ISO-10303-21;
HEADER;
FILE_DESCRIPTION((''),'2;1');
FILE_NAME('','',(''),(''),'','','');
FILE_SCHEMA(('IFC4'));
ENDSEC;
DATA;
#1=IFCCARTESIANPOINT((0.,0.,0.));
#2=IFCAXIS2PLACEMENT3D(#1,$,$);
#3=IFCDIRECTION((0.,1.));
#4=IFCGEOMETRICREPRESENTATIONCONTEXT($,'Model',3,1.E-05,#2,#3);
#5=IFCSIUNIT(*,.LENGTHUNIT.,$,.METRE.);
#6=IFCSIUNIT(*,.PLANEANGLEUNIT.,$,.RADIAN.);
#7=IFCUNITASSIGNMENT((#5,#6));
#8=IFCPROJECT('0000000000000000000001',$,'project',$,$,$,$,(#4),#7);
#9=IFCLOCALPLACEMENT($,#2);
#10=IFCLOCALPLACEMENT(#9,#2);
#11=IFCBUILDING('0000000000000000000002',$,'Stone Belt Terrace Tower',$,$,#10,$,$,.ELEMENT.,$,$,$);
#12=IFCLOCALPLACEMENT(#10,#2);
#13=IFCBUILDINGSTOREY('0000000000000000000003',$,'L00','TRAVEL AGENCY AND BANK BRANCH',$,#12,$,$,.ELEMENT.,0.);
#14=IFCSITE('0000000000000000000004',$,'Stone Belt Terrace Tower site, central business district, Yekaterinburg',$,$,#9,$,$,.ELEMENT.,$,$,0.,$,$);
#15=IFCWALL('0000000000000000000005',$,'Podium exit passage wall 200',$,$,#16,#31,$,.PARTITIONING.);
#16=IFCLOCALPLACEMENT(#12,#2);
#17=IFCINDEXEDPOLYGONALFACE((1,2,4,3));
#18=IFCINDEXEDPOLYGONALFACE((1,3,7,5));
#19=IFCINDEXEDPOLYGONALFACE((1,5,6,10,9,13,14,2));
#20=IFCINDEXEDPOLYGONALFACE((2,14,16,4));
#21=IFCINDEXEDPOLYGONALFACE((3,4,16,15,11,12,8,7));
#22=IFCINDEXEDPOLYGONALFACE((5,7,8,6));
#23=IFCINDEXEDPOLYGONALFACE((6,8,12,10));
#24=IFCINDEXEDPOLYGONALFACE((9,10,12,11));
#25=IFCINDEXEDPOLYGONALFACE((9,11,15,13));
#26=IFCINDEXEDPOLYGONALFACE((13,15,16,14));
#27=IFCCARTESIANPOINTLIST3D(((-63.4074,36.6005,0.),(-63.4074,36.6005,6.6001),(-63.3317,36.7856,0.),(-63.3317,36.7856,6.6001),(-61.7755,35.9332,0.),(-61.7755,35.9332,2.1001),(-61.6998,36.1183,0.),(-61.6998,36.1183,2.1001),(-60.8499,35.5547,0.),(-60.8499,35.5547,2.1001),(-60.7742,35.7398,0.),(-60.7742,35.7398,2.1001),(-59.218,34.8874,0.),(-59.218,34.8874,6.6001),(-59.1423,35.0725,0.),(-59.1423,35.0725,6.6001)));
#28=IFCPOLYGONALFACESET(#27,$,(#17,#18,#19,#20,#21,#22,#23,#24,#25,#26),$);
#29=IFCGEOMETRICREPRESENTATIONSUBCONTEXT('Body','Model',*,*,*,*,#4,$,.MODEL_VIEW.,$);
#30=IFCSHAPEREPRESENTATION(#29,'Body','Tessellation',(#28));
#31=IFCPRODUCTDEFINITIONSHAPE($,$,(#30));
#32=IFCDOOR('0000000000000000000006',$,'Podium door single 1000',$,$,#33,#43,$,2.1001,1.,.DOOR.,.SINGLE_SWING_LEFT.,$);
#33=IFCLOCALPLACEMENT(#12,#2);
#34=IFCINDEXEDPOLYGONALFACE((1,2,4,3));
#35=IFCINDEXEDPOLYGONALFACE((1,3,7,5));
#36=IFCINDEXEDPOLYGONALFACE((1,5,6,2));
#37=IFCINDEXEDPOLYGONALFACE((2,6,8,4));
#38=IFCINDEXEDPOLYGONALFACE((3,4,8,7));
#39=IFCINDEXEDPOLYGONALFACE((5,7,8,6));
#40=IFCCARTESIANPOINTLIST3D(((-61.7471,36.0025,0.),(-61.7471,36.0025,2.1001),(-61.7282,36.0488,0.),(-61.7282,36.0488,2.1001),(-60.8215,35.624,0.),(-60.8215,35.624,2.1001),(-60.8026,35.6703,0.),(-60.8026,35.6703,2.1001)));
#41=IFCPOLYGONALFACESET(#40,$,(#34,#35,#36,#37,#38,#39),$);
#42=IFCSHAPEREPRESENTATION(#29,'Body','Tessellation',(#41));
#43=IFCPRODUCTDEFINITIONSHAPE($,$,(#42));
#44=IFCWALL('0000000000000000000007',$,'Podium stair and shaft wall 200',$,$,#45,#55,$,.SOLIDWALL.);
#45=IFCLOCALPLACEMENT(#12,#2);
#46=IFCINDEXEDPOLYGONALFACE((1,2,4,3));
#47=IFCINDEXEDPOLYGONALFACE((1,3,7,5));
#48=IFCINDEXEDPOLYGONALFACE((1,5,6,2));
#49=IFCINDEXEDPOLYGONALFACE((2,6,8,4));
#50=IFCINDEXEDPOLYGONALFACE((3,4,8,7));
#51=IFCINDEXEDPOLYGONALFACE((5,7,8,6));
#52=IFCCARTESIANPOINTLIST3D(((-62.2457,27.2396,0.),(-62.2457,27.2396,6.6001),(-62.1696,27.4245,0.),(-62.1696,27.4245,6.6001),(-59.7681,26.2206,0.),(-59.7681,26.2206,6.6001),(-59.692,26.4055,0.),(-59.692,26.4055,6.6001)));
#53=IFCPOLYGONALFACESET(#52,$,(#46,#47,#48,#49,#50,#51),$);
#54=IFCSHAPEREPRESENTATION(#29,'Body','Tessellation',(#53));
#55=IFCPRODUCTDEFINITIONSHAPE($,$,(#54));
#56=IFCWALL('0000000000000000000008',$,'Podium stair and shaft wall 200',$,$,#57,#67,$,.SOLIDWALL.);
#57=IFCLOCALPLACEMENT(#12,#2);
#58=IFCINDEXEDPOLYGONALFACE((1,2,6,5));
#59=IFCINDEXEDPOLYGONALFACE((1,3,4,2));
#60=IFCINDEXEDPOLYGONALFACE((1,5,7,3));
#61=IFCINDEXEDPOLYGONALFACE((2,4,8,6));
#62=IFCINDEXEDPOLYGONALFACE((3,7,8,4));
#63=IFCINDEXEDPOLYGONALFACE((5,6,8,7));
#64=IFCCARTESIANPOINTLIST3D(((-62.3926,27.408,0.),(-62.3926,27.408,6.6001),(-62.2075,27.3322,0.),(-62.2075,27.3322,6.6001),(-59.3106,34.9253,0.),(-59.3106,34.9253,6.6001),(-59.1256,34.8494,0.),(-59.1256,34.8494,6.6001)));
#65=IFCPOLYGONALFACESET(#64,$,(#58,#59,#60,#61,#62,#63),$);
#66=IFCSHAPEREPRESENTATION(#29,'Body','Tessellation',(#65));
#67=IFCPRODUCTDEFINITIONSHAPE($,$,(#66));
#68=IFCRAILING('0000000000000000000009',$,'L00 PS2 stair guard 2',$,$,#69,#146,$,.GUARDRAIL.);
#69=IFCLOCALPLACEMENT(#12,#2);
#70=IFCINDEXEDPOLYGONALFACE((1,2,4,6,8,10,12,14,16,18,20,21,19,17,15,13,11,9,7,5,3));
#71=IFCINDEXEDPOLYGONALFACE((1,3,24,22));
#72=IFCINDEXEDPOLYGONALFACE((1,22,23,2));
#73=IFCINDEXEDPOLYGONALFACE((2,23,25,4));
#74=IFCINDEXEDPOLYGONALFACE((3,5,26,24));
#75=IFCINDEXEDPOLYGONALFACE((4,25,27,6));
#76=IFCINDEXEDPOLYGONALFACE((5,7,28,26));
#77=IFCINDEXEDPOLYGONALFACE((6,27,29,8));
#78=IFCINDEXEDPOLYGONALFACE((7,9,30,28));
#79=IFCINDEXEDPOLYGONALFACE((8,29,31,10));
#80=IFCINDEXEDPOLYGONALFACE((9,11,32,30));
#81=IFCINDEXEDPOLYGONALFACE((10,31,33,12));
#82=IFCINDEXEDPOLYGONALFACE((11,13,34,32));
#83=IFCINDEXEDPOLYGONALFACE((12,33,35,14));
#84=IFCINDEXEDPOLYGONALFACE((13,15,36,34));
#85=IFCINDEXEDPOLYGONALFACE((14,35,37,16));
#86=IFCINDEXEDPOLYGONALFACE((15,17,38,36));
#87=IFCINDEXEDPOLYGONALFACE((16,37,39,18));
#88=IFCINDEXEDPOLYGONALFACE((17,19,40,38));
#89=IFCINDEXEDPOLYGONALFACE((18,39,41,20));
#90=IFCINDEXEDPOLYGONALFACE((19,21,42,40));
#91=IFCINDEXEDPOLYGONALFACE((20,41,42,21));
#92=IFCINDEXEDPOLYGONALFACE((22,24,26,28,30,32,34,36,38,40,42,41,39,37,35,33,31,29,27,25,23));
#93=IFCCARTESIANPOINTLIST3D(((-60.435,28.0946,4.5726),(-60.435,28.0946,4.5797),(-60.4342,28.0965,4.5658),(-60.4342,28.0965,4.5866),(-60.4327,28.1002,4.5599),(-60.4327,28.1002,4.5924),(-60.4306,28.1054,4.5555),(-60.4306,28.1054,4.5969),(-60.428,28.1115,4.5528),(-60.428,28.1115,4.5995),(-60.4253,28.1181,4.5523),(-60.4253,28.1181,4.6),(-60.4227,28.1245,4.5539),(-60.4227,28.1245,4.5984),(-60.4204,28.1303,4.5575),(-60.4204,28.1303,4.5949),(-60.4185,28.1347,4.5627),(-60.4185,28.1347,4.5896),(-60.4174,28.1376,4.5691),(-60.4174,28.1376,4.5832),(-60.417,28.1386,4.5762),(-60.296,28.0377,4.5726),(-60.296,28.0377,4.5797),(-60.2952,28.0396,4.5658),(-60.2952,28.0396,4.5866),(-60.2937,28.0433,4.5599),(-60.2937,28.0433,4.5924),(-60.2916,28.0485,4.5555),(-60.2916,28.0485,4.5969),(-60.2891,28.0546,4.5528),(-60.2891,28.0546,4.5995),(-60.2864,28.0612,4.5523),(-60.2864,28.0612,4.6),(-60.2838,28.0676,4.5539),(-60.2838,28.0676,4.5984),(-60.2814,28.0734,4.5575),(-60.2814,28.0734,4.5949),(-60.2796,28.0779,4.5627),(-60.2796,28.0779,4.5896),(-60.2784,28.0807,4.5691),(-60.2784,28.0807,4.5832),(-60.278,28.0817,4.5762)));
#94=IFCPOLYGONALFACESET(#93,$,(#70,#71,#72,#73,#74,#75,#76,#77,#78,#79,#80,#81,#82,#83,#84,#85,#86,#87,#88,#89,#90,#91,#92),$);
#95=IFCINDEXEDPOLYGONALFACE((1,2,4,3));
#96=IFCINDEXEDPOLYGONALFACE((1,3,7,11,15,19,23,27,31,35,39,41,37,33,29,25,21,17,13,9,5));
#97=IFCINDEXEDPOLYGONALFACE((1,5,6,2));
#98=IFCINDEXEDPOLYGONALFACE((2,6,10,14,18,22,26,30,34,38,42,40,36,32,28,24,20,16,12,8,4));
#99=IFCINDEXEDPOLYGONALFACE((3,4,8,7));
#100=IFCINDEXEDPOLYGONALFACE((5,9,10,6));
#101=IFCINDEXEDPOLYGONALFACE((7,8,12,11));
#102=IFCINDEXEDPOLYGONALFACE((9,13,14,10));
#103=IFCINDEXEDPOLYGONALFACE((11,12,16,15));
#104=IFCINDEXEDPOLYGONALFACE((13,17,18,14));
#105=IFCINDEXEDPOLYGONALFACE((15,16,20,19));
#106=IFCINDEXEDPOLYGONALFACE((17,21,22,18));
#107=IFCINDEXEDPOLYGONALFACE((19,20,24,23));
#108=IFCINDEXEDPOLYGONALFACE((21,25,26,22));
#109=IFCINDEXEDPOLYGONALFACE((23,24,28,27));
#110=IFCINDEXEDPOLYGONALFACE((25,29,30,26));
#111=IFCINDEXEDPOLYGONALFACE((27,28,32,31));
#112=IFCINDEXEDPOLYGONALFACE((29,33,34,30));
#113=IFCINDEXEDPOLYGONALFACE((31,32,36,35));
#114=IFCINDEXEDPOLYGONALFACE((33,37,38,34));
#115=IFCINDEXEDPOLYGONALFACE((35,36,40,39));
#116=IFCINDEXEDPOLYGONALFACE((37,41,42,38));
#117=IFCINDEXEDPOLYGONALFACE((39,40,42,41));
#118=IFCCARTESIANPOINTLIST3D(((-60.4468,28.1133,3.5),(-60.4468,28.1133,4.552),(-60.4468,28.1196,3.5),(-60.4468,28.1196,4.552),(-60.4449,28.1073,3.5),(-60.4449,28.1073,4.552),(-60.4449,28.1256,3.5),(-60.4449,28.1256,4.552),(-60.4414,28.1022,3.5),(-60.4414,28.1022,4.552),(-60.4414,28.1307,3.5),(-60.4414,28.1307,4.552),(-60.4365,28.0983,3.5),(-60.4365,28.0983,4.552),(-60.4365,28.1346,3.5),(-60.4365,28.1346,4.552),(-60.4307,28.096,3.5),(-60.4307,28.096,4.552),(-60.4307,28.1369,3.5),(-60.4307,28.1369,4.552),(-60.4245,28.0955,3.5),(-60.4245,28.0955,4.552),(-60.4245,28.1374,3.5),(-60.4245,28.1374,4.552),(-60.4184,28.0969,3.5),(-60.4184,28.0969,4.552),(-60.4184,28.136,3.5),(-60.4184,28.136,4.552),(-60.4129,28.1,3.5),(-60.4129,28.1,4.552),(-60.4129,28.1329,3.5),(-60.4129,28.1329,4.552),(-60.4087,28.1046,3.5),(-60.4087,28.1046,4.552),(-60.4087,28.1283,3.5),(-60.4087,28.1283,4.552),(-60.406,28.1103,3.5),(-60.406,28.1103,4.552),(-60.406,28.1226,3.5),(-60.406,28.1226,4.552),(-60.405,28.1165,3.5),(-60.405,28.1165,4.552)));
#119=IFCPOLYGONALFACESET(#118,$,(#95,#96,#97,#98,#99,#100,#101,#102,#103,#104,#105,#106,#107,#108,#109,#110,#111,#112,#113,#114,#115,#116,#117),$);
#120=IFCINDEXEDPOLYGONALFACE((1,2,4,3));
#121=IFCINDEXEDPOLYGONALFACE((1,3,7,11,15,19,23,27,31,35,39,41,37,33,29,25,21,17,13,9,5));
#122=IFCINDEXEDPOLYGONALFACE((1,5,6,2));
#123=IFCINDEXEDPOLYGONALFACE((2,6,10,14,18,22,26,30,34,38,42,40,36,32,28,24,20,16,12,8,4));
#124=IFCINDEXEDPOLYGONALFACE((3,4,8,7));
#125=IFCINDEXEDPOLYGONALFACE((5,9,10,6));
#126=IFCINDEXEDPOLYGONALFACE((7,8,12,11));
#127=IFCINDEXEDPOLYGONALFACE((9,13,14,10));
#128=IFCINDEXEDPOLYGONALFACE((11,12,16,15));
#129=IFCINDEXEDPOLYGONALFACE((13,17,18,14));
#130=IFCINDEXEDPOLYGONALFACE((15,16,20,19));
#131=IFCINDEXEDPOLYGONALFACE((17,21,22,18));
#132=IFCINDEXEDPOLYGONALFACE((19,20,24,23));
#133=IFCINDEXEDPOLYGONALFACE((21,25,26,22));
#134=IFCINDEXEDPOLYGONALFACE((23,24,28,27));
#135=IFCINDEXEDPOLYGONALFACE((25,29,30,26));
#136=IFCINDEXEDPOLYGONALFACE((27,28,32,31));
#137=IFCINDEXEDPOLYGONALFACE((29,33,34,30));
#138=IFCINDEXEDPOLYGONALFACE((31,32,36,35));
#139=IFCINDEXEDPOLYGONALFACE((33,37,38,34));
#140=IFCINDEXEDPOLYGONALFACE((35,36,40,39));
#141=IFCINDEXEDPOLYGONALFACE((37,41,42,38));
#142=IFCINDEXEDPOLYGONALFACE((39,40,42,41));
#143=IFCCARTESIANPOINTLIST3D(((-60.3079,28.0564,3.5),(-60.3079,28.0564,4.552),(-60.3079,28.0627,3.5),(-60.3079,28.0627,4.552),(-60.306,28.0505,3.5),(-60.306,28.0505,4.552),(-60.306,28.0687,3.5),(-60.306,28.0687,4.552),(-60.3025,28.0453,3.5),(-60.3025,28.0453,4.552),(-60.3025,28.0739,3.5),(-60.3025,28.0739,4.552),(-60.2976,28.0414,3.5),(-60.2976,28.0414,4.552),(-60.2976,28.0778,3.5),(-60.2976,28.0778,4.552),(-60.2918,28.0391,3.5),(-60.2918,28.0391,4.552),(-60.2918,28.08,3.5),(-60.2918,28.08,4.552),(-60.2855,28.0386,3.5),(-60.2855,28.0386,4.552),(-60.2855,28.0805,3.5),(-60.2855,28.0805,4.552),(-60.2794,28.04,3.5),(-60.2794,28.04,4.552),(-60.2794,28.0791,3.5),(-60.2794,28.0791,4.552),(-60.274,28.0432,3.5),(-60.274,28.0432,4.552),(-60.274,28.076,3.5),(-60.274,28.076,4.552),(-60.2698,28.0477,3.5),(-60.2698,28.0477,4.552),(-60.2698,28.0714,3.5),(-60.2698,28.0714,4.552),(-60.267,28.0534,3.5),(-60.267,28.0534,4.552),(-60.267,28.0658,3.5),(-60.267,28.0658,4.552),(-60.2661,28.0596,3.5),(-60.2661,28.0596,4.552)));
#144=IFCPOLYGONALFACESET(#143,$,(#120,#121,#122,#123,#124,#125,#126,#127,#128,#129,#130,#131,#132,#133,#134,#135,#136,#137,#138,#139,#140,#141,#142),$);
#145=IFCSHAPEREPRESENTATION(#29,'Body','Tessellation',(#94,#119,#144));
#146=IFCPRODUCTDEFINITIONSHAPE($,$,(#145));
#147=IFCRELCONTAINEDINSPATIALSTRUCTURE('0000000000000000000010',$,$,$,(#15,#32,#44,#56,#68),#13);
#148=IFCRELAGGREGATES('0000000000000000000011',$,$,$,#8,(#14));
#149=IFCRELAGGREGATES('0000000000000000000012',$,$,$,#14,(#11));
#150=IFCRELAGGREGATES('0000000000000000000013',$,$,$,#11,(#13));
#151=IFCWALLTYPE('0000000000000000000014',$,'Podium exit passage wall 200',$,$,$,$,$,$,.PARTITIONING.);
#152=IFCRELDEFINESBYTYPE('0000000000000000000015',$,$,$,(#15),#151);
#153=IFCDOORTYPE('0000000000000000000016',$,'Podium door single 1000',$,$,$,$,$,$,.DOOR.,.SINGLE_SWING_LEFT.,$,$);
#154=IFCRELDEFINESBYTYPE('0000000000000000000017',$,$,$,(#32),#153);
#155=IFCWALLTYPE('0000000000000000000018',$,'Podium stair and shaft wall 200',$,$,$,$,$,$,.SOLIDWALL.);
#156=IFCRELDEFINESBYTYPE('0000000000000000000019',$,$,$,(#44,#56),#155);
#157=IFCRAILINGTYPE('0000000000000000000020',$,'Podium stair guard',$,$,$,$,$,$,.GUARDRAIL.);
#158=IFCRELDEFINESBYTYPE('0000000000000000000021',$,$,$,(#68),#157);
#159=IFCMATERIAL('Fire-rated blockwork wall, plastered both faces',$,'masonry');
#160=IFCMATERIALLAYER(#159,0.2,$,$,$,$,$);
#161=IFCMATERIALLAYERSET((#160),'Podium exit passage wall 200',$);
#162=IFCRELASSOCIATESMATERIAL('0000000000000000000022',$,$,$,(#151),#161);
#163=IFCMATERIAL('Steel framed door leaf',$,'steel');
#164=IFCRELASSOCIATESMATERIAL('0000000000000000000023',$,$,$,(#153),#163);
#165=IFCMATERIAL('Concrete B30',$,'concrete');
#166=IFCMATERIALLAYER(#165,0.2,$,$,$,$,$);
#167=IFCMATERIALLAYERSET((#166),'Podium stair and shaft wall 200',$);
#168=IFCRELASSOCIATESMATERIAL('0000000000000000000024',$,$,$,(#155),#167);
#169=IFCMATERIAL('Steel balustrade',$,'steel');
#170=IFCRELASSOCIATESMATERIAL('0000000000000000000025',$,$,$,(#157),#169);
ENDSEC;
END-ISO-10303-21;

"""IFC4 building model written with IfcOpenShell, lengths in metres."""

from ifc_helpers import new_model, si_unit, direction, frame, frame_2d, origin, origin_2d, place, context, subcontext, project, spatial, rectangle, circle, extrude, material, layer, layer_set, type_object, element, fill, save


model = new_model("IFC4")

# Units and contexts
model_context = context("Model", 3, precision=1e-05, world=origin(), true_north=direction((0.0, 1.0)))
body_context = subcontext(model_context, "Body", "Model", "MODEL_VIEW")
ifc_project = project(units=[si_unit("LENGTHUNIT", "METRE"), si_unit("PLANEANGLEUNIT", "RADIAN")], contexts=[model_context])

# Site, building, storey
site_placement = place(None, origin())
site = spatial("IfcSite", under=ifc_project, at=site_placement, Name="Stone Belt Terrace Tower site, central business district, Yekaterinburg", CompositionType="ELEMENT", RefElevation=0.0)
building_placement = place(site_placement, origin())
building = spatial("IfcBuilding", under=site, at=building_placement, Name="Stone Belt Terrace Tower", CompositionType="ELEMENT")
storey_placement = place(building_placement, origin())
storey = spatial("IfcBuildingStorey", under=building, at=storey_placement, Name="L00", Description="TRAVEL AGENCY AND BANK BRANCH", CompositionType="ELEMENT", Elevation=0.0)

# Shared definitions
ifc_material_1 = material(Name="Fire-rated blockwork wall, plastered both faces", Category="masonry")
ifc_layer_1 = layer(ifc_material_1, 0.2)
ifc_layer_set_1 = layer_set([ifc_layer_1], Name="Podium exit passage wall 200")
wall_type_1 = type_object("IfcWallType", Name="Podium exit passage wall 200", PredefinedType="PARTITIONING", material=ifc_layer_set_1)

# Wall, opening, door
wall_1_placement = place(storey_placement, frame((-63.3696, 36.6931, 0.0), z_axis=(0.0, 0.0, 1.0), x_axis=(0.925604, -0.378494, 0.0)))
wall_1 = element("IfcWall", 1, at=wall_1_placement, inside=storey, type_object=wall_type_1, Name="Podium exit passage wall 200", PredefinedType="PARTITIONING", context=body_context, shape_type="SweptSolid", body=[
    extrude(rectangle(XDim=4.5261, YDim=0.2, at=frame_2d((2.2632, 0.0))), origin(), (0.0, 0.0, 1.0), 6.6001),
])
opening_1_placement = place(wall_1_placement, frame((1.7632, 0.0, 0.0)))
opening_1 = element("IfcOpeningElement", 2, at=opening_1_placement, cuts=wall_1, PredefinedType="OPENING", context=body_context, shape_type="SweptSolid", body=[
    extrude(rectangle(XDim=1.0, YDim=2.1001, at=frame_2d((0.5, 1.05))), frame((0.0, 0.1099, 0.0), z_axis=(0.0, -1.0, 0.0), x_axis=(1.0, 0.0, 0.0)), (0.0, 0.0, 1.0), 0.22),
])
ifc_material_2 = material(Name="Steel framed door leaf", Category="steel")
door_type_1 = type_object("IfcDoorType", Name="Podium door single 1000", OperationType="SINGLE_SWING_LEFT", PredefinedType="DOOR", material=ifc_material_2)
door_1_placement = place(opening_1_placement, origin())
door_1 = element("IfcDoor", 3, at=door_1_placement, inside=storey, type_object=door_type_1, Name="Podium door single 1000", OperationType="SINGLE_SWING_LEFT", OverallHeight=2.1001, OverallWidth=1.0, PredefinedType="DOOR", context=body_context, shape_type="SweptSolid", body=[
    extrude(rectangle(XDim=1.0, YDim=2.1001, at=frame_2d((0.5, 1.05))), frame((0.0, 0.0249, 0.0), z_axis=(0.0, -1.0, 0.0), x_axis=(1.0, 0.0, 0.0)), (0.0, 0.0, 1.0), 0.05),
])
fill(opening_1, door_1)

# Walls
ifc_material_3 = material(Name="Concrete B30", Category="concrete")
ifc_layer_2 = layer(ifc_material_3, 0.2)
ifc_layer_set_2 = layer_set([ifc_layer_2], Name="Podium stair and shaft wall 200")
wall_type_2 = type_object("IfcWallType", Name="Podium stair and shaft wall 200", PredefinedType="SOLIDWALL", material=ifc_layer_set_2)
wall_2_placement = place(storey_placement, frame((-62.2075, 27.332, 0.0), z_axis=(0.0, 0.0, 1.0), x_axis=(0.924825, -0.380392, 0.0)))
element("IfcWall", 4, at=wall_2_placement, inside=storey, type_object=wall_type_2, Name="Podium stair and shaft wall 200", PredefinedType="SOLIDWALL", context=body_context, shape_type="SweptSolid", body=[
    extrude(rectangle(XDim=2.679, YDim=0.2, at=frame_2d((1.3394, 0.0))), origin(), (0.0, 0.0, 1.0), 6.6001),
])
wall_3_placement = place(storey_placement, frame((-62.3, 27.3701, 0.0), z_axis=(0.0, 0.0, 1.0), x_axis=(0.379345, 0.925255, 0.0)))
element("IfcWall", 5, at=wall_3_placement, inside=storey, type_object=wall_type_2, Name="Podium stair and shaft wall 200", PredefinedType="SOLIDWALL", context=body_context, shape_type="SweptSolid", body=[
    extrude(rectangle(XDim=8.1245, YDim=0.2, at=frame_2d((4.0623, 0.0))), origin(), (0.0, 0.0, 1.0), 6.6001),
])

# Railing
ifc_material_4 = material(Name="Steel balustrade", Category="steel")
railing_type = type_object("IfcRailingType", Name="Podium stair guard", PredefinedType="GUARDRAIL", material=ifc_material_4)
railing_1_placement = place(storey_placement, frame((-60.426, 28.1165, 3.5)))
element("IfcRailing", 6, at=railing_1_placement, inside=storey, type_object=railing_type, Name="L00 PS2 stair guard 2", PredefinedType="GUARDRAIL", context=body_context, shape_type="SweptSolid", body=[
    extrude(circle(Radius=0.0239, at=origin_2d()), frame((0.0, 0.0, 1.0762), z_axis=(0.925417, -0.378949, 0.0), x_axis=(0.378949, 0.925417, 0.0)), (0.0, 0.0, 1.0), 0.1501),
    extrude(circle(Radius=0.021, at=origin_2d()), origin(), (0.0, 0.0, 1.0), 1.052),
    extrude(circle(Radius=0.021, at=origin_2d()), frame((0.1389, -0.0569, 0.0)), (0.0, 0.0, 1.0), 1.052),
])

save(model, "model.ifc")
